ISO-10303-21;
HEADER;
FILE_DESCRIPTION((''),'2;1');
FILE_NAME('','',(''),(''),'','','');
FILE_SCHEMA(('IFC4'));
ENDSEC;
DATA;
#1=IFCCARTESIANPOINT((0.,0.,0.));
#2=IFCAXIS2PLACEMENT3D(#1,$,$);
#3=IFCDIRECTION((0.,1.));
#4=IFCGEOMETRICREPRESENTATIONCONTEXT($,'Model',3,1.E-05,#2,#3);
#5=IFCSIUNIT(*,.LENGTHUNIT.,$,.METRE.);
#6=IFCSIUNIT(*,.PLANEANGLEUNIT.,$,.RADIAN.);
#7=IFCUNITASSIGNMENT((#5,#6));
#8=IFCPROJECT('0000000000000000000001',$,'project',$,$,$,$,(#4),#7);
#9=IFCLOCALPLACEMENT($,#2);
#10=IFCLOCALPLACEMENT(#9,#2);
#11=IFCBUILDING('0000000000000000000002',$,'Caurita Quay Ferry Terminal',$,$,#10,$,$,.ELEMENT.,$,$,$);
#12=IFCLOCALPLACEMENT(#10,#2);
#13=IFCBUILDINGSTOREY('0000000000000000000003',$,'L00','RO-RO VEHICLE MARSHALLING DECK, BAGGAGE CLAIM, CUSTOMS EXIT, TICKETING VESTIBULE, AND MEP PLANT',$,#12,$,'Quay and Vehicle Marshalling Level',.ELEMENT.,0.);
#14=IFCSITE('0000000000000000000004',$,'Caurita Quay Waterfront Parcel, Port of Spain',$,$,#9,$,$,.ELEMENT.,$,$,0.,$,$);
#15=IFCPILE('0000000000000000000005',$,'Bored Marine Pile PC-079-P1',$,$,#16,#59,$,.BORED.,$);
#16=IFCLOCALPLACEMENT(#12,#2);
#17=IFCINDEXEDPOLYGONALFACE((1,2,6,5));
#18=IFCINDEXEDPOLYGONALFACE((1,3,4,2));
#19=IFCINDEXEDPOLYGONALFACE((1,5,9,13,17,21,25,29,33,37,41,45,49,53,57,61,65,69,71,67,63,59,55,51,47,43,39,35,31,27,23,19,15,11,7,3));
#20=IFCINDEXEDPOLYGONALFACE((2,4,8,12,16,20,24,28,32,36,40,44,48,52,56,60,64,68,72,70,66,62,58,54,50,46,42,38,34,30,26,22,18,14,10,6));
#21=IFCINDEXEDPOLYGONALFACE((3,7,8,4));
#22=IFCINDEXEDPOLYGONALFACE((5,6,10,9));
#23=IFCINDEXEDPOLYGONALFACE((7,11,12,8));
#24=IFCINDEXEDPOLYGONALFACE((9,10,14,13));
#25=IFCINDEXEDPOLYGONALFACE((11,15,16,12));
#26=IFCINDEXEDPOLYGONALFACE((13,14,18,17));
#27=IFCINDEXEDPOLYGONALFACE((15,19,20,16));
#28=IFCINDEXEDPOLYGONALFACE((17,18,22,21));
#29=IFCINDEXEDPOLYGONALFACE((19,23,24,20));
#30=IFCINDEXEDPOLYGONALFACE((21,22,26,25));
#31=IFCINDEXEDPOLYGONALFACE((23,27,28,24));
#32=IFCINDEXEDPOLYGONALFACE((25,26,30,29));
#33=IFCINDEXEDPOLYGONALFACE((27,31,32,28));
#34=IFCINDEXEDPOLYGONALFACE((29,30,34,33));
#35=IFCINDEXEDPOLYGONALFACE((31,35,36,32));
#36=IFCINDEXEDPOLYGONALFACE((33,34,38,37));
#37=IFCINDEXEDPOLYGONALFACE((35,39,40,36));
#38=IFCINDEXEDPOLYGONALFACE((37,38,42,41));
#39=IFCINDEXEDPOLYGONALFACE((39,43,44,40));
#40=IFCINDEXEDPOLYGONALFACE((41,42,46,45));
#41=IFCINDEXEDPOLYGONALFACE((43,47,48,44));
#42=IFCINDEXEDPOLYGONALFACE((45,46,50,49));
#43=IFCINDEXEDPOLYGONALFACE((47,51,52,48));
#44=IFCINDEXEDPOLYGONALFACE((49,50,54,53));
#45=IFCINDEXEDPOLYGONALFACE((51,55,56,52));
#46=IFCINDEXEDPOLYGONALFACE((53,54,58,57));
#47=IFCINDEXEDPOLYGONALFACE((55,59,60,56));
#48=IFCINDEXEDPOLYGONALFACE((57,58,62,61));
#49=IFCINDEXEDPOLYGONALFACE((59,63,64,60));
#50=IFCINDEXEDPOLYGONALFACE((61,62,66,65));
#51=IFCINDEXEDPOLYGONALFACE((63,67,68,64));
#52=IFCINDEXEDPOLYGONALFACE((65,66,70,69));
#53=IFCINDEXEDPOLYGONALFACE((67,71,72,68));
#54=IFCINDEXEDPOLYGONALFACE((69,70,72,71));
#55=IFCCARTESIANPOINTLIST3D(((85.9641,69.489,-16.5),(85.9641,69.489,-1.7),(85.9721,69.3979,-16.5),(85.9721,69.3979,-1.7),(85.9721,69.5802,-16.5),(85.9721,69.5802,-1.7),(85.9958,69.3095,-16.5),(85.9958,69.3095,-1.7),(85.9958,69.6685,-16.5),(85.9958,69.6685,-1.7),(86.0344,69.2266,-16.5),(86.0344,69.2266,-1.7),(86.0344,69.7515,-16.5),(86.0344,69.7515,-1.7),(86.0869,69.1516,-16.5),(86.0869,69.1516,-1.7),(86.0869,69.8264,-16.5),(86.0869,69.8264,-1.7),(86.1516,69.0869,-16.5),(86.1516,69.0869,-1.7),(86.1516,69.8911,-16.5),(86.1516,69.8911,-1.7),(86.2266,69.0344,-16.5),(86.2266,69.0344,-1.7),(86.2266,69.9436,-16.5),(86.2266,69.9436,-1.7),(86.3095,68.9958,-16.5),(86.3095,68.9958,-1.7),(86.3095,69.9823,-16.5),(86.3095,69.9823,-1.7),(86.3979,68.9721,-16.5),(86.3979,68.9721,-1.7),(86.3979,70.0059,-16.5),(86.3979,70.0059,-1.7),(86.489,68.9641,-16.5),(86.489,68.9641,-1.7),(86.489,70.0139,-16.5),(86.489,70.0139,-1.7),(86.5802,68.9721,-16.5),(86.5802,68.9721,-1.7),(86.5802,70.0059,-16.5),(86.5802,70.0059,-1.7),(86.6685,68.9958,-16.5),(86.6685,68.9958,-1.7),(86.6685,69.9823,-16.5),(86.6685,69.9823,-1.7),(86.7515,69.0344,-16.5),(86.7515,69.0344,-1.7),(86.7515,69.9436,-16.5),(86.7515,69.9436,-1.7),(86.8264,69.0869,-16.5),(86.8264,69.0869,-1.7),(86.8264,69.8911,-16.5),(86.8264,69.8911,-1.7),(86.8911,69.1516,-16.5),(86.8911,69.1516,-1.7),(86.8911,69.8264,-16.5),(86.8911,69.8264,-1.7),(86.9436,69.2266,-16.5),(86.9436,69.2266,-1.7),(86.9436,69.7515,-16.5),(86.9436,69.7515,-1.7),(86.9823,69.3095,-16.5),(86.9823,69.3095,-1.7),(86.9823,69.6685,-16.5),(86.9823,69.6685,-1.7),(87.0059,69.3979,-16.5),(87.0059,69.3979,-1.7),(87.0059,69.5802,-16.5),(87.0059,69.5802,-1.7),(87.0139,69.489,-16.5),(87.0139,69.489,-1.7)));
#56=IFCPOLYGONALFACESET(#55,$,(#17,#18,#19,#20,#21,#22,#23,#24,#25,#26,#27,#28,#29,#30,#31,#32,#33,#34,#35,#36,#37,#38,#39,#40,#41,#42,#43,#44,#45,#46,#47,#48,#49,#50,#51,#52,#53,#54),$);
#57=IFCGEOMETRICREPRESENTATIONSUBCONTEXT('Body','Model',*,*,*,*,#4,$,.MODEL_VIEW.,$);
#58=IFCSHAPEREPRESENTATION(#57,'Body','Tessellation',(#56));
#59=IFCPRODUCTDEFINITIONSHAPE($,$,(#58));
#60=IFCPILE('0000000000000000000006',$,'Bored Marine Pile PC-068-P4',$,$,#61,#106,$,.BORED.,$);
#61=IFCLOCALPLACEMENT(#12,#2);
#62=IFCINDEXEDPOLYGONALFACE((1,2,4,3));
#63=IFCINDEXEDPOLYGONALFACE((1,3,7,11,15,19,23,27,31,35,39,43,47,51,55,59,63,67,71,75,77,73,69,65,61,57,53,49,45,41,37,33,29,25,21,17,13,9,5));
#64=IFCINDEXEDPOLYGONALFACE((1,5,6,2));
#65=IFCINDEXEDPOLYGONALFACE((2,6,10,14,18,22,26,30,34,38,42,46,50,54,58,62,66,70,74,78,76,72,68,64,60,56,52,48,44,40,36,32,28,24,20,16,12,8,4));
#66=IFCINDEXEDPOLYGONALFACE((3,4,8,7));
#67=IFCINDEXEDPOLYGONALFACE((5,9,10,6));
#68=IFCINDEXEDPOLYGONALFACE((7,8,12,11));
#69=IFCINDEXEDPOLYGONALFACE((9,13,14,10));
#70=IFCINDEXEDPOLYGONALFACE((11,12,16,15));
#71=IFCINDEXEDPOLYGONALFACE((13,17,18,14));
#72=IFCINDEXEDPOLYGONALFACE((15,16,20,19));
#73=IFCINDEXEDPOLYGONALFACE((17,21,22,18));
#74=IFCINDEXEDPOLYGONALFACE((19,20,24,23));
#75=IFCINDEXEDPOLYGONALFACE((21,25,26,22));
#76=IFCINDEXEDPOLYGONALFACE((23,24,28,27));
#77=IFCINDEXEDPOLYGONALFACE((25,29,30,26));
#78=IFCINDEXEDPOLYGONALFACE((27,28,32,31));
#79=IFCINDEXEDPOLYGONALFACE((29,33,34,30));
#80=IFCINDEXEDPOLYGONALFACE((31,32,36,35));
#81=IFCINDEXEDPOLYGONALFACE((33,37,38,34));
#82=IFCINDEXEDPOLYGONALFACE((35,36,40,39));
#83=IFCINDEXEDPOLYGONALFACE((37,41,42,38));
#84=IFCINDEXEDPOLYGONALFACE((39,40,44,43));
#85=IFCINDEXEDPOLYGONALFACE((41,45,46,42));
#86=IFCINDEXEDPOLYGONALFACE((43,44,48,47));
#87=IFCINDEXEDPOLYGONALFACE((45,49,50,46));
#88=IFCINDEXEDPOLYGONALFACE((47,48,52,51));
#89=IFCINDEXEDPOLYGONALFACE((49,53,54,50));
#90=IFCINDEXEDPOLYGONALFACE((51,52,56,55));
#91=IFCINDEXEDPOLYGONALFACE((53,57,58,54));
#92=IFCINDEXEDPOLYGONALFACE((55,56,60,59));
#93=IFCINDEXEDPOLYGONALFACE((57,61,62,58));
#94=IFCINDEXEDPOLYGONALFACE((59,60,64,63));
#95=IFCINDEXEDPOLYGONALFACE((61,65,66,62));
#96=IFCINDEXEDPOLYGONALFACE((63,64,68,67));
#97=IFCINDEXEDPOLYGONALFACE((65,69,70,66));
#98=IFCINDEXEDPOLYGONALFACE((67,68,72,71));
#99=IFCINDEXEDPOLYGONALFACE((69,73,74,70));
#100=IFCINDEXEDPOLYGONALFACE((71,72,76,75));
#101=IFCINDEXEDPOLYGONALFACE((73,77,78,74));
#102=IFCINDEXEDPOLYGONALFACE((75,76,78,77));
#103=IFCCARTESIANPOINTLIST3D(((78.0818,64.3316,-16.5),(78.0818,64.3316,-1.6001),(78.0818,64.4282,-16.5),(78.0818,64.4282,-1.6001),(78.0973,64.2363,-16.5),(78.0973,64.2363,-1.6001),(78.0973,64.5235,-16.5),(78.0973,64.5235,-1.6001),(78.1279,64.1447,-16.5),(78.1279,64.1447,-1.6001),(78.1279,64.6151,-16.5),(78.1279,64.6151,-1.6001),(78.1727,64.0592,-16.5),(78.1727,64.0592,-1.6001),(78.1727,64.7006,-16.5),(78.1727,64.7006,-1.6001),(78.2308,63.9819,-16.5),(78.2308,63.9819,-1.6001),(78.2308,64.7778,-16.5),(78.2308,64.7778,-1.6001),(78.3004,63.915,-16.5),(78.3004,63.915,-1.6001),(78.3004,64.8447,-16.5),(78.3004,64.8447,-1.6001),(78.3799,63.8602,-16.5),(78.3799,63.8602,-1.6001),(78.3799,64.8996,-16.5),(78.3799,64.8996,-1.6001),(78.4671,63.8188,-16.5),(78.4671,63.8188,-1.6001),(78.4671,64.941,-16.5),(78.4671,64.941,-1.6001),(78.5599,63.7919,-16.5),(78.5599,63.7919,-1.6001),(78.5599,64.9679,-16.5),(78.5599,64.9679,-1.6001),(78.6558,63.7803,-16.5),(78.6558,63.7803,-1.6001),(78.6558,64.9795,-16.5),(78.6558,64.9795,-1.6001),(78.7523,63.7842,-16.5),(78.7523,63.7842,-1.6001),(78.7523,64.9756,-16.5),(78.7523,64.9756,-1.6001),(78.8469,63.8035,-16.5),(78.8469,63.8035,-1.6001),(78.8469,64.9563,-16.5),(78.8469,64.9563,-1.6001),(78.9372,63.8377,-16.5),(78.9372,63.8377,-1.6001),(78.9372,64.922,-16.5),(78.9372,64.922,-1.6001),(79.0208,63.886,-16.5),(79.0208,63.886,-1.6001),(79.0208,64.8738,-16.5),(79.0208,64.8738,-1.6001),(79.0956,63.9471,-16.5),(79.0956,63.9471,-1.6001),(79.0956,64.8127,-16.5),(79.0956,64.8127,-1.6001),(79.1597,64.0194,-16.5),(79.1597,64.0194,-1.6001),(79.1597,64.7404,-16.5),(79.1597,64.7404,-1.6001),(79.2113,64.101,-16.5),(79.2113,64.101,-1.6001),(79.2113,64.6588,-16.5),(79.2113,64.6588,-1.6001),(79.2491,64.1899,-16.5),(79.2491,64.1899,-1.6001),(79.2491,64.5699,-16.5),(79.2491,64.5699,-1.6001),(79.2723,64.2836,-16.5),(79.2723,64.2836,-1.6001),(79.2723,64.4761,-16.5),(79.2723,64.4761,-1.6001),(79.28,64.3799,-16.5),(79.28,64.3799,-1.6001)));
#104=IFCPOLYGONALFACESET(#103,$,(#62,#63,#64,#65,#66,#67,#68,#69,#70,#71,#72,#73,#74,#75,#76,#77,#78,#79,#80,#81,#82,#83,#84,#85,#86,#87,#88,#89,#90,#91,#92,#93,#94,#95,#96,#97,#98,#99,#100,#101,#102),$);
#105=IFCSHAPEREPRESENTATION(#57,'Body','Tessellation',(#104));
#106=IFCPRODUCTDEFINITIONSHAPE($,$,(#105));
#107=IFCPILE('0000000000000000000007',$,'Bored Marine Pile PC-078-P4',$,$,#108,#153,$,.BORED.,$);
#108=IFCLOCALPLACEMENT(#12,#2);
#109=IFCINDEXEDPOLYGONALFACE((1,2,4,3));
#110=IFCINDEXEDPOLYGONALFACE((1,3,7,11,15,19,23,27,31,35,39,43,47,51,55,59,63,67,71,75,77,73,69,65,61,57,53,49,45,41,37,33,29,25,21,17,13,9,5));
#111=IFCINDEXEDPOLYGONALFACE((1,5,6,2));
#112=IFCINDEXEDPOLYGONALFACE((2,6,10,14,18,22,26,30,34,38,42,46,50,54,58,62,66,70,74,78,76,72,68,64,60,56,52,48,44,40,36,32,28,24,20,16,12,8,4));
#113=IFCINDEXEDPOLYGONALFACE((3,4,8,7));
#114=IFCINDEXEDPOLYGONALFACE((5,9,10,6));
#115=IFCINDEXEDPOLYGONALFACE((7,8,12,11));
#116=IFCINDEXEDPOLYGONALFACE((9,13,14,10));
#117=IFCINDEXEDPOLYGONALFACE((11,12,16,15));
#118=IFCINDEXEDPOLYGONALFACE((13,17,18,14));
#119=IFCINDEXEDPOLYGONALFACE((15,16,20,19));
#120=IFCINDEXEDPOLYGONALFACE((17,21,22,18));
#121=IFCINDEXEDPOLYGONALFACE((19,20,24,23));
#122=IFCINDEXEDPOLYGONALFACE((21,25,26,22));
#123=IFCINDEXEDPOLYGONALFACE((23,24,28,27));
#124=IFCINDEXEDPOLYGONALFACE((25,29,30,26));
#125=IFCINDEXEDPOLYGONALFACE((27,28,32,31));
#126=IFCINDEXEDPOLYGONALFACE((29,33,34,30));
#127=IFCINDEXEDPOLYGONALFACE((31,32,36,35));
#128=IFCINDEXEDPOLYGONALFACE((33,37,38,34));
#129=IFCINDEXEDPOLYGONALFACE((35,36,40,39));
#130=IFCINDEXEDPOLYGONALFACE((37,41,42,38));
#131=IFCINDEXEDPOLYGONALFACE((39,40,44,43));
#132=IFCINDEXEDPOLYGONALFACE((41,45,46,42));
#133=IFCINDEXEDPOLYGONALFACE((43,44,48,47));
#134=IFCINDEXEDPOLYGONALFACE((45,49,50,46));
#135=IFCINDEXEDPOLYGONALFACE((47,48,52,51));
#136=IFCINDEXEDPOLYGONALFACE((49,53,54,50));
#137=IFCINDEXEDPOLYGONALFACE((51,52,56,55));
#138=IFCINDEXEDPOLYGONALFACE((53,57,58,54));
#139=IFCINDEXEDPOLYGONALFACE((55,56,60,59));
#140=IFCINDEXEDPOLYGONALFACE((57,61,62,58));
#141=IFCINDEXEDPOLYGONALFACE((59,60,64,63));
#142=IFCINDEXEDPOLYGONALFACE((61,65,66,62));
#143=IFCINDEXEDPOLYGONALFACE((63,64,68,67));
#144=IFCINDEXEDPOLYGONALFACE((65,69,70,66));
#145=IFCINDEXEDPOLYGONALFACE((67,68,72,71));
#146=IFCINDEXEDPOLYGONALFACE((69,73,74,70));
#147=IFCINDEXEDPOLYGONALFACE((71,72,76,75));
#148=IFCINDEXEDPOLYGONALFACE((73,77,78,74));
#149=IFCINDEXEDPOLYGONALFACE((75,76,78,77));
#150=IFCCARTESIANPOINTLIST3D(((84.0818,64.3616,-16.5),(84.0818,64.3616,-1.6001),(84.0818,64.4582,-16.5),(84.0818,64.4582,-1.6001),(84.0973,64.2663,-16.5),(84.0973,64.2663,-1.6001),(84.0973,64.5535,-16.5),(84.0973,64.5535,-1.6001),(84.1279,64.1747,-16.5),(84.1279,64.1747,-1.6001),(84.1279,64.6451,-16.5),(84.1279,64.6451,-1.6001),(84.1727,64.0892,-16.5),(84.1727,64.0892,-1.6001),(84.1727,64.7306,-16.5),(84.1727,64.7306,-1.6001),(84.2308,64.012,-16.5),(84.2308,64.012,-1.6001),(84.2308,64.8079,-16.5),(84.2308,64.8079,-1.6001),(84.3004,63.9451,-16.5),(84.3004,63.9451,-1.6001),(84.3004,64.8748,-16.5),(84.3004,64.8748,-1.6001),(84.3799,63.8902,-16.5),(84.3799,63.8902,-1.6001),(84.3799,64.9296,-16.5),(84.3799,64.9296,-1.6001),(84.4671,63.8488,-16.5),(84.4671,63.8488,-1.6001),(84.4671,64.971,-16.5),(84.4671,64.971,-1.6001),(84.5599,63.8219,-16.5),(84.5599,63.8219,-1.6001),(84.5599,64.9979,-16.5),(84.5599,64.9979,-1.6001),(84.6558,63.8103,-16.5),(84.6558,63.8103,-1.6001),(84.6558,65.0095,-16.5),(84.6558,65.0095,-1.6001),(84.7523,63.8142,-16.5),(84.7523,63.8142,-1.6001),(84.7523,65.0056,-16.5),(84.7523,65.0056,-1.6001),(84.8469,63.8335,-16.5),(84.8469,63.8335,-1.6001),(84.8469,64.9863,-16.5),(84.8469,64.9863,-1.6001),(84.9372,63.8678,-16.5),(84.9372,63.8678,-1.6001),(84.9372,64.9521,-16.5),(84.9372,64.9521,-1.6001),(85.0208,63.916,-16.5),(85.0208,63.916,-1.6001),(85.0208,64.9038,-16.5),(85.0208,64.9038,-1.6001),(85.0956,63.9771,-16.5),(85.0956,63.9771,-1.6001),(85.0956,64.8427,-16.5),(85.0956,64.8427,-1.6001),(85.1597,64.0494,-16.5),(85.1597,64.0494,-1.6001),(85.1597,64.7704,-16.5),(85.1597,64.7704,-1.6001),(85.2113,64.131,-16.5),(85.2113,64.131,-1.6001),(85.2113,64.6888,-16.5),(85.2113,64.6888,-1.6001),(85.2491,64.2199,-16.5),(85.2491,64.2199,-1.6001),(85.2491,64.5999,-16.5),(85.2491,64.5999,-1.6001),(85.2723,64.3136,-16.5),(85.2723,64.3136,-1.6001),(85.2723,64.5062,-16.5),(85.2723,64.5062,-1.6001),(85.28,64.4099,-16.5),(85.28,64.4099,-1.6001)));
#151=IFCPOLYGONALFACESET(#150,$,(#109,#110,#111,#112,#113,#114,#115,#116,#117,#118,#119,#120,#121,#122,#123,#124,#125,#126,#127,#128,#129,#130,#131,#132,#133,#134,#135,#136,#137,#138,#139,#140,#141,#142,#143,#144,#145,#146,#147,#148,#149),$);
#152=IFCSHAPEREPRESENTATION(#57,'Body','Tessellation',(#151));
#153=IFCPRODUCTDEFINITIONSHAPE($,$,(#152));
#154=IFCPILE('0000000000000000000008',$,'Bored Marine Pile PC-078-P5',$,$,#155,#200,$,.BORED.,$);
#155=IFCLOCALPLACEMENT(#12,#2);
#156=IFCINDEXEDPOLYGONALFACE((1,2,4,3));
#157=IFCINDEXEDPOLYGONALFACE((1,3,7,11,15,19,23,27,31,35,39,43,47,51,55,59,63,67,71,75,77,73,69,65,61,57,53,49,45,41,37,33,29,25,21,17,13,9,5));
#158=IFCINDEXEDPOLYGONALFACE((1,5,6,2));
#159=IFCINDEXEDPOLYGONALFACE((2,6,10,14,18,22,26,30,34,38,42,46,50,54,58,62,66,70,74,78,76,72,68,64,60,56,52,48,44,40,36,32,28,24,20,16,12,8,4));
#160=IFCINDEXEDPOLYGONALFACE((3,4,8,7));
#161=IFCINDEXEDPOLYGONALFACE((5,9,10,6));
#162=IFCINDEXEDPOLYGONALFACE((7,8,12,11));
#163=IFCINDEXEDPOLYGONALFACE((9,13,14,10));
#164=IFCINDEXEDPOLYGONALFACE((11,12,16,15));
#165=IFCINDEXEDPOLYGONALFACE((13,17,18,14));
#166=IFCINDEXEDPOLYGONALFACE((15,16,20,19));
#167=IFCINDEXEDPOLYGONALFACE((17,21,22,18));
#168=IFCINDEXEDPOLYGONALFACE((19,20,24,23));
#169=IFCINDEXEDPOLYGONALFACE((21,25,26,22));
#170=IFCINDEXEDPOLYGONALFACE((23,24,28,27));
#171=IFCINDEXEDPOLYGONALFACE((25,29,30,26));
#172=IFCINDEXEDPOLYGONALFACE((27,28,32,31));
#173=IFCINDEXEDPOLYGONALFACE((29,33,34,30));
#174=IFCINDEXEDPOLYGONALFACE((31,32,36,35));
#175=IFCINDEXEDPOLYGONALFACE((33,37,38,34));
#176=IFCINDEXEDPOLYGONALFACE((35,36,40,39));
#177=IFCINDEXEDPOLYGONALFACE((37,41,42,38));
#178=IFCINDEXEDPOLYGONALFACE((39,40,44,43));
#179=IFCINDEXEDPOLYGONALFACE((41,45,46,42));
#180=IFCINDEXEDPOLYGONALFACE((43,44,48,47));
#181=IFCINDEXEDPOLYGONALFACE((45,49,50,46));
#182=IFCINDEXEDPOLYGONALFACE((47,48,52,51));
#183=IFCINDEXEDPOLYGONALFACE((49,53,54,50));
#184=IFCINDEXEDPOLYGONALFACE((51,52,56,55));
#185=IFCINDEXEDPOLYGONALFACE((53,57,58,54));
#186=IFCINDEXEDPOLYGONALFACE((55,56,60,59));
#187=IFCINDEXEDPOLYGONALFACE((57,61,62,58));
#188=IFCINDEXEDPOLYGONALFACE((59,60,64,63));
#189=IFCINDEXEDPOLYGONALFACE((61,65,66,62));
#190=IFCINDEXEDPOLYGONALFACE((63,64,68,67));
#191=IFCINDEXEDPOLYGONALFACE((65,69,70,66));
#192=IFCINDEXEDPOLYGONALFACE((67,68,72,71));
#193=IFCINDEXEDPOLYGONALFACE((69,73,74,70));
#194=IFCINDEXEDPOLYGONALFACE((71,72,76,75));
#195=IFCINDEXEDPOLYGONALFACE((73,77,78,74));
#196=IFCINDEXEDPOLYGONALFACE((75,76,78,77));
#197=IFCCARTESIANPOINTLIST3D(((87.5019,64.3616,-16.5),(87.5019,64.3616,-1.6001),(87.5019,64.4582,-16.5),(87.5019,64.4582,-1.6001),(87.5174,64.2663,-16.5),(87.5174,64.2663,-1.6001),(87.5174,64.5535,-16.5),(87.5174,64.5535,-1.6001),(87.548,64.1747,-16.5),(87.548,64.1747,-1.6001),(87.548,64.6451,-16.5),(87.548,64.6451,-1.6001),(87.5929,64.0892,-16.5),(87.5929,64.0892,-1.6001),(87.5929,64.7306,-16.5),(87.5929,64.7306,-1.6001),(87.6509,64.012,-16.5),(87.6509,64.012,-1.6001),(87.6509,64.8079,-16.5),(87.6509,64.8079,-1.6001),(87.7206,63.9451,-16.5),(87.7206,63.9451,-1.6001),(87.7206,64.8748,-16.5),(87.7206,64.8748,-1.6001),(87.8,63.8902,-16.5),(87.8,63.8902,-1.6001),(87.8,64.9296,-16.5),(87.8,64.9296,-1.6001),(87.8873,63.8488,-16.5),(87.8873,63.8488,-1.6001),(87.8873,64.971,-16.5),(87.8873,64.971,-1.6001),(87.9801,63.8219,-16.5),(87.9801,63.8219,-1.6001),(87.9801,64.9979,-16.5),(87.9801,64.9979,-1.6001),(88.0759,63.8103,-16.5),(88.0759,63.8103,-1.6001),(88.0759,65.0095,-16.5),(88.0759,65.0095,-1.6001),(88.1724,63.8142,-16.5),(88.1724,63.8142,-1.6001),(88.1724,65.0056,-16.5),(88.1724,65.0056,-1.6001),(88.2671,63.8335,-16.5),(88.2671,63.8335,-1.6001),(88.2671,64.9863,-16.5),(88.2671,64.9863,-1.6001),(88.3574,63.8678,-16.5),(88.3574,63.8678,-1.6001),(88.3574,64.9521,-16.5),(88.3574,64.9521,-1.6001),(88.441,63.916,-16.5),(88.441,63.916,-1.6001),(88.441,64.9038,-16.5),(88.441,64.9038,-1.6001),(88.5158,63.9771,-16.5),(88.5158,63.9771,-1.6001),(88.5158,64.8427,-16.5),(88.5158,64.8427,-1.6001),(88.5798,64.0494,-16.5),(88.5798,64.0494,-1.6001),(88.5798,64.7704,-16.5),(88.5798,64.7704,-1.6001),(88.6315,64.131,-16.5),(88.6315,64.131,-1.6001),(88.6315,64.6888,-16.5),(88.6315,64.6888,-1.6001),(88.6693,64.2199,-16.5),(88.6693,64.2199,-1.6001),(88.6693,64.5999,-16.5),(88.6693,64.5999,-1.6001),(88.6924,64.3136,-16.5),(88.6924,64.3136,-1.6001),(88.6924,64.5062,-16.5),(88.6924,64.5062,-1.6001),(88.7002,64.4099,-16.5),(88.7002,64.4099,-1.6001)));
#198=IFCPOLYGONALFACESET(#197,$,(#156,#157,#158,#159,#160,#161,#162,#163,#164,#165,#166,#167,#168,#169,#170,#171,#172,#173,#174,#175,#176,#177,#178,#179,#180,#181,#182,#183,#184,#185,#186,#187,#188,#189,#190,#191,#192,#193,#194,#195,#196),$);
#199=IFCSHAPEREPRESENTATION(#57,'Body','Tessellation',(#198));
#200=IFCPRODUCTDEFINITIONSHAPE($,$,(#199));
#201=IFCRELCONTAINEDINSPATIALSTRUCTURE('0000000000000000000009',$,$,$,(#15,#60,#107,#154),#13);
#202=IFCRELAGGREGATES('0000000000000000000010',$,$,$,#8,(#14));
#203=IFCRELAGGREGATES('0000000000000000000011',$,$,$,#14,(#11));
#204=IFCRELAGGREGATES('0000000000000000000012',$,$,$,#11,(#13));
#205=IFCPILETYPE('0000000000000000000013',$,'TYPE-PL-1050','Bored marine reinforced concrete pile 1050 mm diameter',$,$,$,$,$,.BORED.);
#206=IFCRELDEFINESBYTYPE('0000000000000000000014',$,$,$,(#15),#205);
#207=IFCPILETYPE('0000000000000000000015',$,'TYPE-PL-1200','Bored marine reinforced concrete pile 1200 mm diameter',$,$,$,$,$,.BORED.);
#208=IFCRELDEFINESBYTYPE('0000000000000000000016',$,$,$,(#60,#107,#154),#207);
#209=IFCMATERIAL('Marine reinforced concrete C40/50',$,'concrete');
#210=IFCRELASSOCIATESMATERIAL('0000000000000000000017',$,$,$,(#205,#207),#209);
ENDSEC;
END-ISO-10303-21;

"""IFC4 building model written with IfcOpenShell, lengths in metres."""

from ifc_helpers import new_model, si_unit, direction, frame, origin, origin_2d, place, context, subcontext, project, spatial, circle, extrude, material, material_profile, profile_set, type_object, element, save


model = new_model("IFC4")

# Units and contexts
model_context = context("Model", 3, precision=1e-05, world=origin(), true_north=direction((0.0, 1.0)))
body_context = subcontext(model_context, "Body", "Model", "MODEL_VIEW")
ifc_project = project(units=[si_unit("LENGTHUNIT", "METRE"), si_unit("PLANEANGLEUNIT", "RADIAN")], contexts=[model_context])

# Site, building, storey
site_placement = place(None, origin())
site = spatial("IfcSite", under=ifc_project, at=site_placement, Name="Caurita Quay Waterfront Parcel, Port of Spain", CompositionType="ELEMENT", RefElevation=0.0)
building_placement = place(site_placement, origin())
building = spatial("IfcBuilding", under=site, at=building_placement, Name="Caurita Quay Ferry Terminal", CompositionType="ELEMENT")
storey_placement = place(building_placement, origin())
storey = spatial("IfcBuildingStorey", under=building, at=storey_placement, Name="L00", Description="RO-RO VEHICLE MARSHALLING DECK, BAGGAGE CLAIM, CUSTOMS EXIT, TICKETING VESTIBULE, AND MEP PLANT", LongName="Quay and Vehicle Marshalling Level", CompositionType="ELEMENT", Elevation=0.0)

# Piles
ifc_material_1 = material(Name="Marine reinforced concrete C40/50", Category="concrete")
ifc_material_profile_1 = material_profile(ifc_material_1, circle(Radius=0.5249, at=origin_2d()), Name="PILE-D1050")
ifc_profile_set_1 = profile_set([ifc_material_profile_1], Name="Marine reinforced concrete C40/50")
pile_type_1 = type_object("IfcPileType", Name="TYPE-PL-1050", Description="Bored marine reinforced concrete pile 1050 mm diameter", PredefinedType="BORED", material=ifc_profile_set_1)
pile_placement = place(storey_placement, frame((86.489, 69.489, -1.7), z_axis=(0.0, 0.0, -1.0), x_axis=(1.0, 0.0, 0.0)))
element("IfcPile", 1, at=pile_placement, inside=storey, type_object=pile_type_1, Name="Bored Marine Pile PC-079-P1", PredefinedType="BORED", context=body_context, shape_type="SweptSolid", body=[
    extrude(circle(Radius=0.5249, at=origin_2d()), origin(), (0.0, 0.0, 1.0), 14.8),
])
ifc_material_profile_2 = material_profile(ifc_material_1, circle(Radius=0.6001, at=origin_2d()), Name="PILE-D1200")
ifc_profile_set_2 = profile_set([ifc_material_profile_2], Name="Marine reinforced concrete C40/50")
pile_type_2 = type_object("IfcPileType", Name="TYPE-PL-1200", Description="Bored marine reinforced concrete pile 1200 mm diameter", PredefinedType="BORED", material=ifc_profile_set_2)
for number, where, z_axis, x_axis, name in (
    (2, (78.6799, 64.3799, -1.6001), (0.0, 0.0, -1.0), (1.0, 0.0, 0.0), "Bored Marine Pile PC-068-P4"),
    (3, (84.6799, 64.4099, -1.6001), (0.0, 0.0, -1.0), (1.0, 0.0, 0.0), "Bored Marine Pile PC-078-P4"),
    (4, (88.1001, 64.4099, -1.6001), (0.0, 0.0, -1.0), (1.0, 0.0, 0.0), "Bored Marine Pile PC-078-P5"),
):
    element("IfcPile", number, at=place(storey_placement, frame(where, z_axis=z_axis, x_axis=x_axis)), inside=storey, type_object=pile_type_2, Name=name, PredefinedType="BORED", context=body_context, shape_type="SweptSolid", body=[
        extrude(circle(Radius=0.6001, at=origin_2d()), origin(), (0.0, 0.0, 1.0), 14.8999),
    ])

save(model, "model.ifc")
